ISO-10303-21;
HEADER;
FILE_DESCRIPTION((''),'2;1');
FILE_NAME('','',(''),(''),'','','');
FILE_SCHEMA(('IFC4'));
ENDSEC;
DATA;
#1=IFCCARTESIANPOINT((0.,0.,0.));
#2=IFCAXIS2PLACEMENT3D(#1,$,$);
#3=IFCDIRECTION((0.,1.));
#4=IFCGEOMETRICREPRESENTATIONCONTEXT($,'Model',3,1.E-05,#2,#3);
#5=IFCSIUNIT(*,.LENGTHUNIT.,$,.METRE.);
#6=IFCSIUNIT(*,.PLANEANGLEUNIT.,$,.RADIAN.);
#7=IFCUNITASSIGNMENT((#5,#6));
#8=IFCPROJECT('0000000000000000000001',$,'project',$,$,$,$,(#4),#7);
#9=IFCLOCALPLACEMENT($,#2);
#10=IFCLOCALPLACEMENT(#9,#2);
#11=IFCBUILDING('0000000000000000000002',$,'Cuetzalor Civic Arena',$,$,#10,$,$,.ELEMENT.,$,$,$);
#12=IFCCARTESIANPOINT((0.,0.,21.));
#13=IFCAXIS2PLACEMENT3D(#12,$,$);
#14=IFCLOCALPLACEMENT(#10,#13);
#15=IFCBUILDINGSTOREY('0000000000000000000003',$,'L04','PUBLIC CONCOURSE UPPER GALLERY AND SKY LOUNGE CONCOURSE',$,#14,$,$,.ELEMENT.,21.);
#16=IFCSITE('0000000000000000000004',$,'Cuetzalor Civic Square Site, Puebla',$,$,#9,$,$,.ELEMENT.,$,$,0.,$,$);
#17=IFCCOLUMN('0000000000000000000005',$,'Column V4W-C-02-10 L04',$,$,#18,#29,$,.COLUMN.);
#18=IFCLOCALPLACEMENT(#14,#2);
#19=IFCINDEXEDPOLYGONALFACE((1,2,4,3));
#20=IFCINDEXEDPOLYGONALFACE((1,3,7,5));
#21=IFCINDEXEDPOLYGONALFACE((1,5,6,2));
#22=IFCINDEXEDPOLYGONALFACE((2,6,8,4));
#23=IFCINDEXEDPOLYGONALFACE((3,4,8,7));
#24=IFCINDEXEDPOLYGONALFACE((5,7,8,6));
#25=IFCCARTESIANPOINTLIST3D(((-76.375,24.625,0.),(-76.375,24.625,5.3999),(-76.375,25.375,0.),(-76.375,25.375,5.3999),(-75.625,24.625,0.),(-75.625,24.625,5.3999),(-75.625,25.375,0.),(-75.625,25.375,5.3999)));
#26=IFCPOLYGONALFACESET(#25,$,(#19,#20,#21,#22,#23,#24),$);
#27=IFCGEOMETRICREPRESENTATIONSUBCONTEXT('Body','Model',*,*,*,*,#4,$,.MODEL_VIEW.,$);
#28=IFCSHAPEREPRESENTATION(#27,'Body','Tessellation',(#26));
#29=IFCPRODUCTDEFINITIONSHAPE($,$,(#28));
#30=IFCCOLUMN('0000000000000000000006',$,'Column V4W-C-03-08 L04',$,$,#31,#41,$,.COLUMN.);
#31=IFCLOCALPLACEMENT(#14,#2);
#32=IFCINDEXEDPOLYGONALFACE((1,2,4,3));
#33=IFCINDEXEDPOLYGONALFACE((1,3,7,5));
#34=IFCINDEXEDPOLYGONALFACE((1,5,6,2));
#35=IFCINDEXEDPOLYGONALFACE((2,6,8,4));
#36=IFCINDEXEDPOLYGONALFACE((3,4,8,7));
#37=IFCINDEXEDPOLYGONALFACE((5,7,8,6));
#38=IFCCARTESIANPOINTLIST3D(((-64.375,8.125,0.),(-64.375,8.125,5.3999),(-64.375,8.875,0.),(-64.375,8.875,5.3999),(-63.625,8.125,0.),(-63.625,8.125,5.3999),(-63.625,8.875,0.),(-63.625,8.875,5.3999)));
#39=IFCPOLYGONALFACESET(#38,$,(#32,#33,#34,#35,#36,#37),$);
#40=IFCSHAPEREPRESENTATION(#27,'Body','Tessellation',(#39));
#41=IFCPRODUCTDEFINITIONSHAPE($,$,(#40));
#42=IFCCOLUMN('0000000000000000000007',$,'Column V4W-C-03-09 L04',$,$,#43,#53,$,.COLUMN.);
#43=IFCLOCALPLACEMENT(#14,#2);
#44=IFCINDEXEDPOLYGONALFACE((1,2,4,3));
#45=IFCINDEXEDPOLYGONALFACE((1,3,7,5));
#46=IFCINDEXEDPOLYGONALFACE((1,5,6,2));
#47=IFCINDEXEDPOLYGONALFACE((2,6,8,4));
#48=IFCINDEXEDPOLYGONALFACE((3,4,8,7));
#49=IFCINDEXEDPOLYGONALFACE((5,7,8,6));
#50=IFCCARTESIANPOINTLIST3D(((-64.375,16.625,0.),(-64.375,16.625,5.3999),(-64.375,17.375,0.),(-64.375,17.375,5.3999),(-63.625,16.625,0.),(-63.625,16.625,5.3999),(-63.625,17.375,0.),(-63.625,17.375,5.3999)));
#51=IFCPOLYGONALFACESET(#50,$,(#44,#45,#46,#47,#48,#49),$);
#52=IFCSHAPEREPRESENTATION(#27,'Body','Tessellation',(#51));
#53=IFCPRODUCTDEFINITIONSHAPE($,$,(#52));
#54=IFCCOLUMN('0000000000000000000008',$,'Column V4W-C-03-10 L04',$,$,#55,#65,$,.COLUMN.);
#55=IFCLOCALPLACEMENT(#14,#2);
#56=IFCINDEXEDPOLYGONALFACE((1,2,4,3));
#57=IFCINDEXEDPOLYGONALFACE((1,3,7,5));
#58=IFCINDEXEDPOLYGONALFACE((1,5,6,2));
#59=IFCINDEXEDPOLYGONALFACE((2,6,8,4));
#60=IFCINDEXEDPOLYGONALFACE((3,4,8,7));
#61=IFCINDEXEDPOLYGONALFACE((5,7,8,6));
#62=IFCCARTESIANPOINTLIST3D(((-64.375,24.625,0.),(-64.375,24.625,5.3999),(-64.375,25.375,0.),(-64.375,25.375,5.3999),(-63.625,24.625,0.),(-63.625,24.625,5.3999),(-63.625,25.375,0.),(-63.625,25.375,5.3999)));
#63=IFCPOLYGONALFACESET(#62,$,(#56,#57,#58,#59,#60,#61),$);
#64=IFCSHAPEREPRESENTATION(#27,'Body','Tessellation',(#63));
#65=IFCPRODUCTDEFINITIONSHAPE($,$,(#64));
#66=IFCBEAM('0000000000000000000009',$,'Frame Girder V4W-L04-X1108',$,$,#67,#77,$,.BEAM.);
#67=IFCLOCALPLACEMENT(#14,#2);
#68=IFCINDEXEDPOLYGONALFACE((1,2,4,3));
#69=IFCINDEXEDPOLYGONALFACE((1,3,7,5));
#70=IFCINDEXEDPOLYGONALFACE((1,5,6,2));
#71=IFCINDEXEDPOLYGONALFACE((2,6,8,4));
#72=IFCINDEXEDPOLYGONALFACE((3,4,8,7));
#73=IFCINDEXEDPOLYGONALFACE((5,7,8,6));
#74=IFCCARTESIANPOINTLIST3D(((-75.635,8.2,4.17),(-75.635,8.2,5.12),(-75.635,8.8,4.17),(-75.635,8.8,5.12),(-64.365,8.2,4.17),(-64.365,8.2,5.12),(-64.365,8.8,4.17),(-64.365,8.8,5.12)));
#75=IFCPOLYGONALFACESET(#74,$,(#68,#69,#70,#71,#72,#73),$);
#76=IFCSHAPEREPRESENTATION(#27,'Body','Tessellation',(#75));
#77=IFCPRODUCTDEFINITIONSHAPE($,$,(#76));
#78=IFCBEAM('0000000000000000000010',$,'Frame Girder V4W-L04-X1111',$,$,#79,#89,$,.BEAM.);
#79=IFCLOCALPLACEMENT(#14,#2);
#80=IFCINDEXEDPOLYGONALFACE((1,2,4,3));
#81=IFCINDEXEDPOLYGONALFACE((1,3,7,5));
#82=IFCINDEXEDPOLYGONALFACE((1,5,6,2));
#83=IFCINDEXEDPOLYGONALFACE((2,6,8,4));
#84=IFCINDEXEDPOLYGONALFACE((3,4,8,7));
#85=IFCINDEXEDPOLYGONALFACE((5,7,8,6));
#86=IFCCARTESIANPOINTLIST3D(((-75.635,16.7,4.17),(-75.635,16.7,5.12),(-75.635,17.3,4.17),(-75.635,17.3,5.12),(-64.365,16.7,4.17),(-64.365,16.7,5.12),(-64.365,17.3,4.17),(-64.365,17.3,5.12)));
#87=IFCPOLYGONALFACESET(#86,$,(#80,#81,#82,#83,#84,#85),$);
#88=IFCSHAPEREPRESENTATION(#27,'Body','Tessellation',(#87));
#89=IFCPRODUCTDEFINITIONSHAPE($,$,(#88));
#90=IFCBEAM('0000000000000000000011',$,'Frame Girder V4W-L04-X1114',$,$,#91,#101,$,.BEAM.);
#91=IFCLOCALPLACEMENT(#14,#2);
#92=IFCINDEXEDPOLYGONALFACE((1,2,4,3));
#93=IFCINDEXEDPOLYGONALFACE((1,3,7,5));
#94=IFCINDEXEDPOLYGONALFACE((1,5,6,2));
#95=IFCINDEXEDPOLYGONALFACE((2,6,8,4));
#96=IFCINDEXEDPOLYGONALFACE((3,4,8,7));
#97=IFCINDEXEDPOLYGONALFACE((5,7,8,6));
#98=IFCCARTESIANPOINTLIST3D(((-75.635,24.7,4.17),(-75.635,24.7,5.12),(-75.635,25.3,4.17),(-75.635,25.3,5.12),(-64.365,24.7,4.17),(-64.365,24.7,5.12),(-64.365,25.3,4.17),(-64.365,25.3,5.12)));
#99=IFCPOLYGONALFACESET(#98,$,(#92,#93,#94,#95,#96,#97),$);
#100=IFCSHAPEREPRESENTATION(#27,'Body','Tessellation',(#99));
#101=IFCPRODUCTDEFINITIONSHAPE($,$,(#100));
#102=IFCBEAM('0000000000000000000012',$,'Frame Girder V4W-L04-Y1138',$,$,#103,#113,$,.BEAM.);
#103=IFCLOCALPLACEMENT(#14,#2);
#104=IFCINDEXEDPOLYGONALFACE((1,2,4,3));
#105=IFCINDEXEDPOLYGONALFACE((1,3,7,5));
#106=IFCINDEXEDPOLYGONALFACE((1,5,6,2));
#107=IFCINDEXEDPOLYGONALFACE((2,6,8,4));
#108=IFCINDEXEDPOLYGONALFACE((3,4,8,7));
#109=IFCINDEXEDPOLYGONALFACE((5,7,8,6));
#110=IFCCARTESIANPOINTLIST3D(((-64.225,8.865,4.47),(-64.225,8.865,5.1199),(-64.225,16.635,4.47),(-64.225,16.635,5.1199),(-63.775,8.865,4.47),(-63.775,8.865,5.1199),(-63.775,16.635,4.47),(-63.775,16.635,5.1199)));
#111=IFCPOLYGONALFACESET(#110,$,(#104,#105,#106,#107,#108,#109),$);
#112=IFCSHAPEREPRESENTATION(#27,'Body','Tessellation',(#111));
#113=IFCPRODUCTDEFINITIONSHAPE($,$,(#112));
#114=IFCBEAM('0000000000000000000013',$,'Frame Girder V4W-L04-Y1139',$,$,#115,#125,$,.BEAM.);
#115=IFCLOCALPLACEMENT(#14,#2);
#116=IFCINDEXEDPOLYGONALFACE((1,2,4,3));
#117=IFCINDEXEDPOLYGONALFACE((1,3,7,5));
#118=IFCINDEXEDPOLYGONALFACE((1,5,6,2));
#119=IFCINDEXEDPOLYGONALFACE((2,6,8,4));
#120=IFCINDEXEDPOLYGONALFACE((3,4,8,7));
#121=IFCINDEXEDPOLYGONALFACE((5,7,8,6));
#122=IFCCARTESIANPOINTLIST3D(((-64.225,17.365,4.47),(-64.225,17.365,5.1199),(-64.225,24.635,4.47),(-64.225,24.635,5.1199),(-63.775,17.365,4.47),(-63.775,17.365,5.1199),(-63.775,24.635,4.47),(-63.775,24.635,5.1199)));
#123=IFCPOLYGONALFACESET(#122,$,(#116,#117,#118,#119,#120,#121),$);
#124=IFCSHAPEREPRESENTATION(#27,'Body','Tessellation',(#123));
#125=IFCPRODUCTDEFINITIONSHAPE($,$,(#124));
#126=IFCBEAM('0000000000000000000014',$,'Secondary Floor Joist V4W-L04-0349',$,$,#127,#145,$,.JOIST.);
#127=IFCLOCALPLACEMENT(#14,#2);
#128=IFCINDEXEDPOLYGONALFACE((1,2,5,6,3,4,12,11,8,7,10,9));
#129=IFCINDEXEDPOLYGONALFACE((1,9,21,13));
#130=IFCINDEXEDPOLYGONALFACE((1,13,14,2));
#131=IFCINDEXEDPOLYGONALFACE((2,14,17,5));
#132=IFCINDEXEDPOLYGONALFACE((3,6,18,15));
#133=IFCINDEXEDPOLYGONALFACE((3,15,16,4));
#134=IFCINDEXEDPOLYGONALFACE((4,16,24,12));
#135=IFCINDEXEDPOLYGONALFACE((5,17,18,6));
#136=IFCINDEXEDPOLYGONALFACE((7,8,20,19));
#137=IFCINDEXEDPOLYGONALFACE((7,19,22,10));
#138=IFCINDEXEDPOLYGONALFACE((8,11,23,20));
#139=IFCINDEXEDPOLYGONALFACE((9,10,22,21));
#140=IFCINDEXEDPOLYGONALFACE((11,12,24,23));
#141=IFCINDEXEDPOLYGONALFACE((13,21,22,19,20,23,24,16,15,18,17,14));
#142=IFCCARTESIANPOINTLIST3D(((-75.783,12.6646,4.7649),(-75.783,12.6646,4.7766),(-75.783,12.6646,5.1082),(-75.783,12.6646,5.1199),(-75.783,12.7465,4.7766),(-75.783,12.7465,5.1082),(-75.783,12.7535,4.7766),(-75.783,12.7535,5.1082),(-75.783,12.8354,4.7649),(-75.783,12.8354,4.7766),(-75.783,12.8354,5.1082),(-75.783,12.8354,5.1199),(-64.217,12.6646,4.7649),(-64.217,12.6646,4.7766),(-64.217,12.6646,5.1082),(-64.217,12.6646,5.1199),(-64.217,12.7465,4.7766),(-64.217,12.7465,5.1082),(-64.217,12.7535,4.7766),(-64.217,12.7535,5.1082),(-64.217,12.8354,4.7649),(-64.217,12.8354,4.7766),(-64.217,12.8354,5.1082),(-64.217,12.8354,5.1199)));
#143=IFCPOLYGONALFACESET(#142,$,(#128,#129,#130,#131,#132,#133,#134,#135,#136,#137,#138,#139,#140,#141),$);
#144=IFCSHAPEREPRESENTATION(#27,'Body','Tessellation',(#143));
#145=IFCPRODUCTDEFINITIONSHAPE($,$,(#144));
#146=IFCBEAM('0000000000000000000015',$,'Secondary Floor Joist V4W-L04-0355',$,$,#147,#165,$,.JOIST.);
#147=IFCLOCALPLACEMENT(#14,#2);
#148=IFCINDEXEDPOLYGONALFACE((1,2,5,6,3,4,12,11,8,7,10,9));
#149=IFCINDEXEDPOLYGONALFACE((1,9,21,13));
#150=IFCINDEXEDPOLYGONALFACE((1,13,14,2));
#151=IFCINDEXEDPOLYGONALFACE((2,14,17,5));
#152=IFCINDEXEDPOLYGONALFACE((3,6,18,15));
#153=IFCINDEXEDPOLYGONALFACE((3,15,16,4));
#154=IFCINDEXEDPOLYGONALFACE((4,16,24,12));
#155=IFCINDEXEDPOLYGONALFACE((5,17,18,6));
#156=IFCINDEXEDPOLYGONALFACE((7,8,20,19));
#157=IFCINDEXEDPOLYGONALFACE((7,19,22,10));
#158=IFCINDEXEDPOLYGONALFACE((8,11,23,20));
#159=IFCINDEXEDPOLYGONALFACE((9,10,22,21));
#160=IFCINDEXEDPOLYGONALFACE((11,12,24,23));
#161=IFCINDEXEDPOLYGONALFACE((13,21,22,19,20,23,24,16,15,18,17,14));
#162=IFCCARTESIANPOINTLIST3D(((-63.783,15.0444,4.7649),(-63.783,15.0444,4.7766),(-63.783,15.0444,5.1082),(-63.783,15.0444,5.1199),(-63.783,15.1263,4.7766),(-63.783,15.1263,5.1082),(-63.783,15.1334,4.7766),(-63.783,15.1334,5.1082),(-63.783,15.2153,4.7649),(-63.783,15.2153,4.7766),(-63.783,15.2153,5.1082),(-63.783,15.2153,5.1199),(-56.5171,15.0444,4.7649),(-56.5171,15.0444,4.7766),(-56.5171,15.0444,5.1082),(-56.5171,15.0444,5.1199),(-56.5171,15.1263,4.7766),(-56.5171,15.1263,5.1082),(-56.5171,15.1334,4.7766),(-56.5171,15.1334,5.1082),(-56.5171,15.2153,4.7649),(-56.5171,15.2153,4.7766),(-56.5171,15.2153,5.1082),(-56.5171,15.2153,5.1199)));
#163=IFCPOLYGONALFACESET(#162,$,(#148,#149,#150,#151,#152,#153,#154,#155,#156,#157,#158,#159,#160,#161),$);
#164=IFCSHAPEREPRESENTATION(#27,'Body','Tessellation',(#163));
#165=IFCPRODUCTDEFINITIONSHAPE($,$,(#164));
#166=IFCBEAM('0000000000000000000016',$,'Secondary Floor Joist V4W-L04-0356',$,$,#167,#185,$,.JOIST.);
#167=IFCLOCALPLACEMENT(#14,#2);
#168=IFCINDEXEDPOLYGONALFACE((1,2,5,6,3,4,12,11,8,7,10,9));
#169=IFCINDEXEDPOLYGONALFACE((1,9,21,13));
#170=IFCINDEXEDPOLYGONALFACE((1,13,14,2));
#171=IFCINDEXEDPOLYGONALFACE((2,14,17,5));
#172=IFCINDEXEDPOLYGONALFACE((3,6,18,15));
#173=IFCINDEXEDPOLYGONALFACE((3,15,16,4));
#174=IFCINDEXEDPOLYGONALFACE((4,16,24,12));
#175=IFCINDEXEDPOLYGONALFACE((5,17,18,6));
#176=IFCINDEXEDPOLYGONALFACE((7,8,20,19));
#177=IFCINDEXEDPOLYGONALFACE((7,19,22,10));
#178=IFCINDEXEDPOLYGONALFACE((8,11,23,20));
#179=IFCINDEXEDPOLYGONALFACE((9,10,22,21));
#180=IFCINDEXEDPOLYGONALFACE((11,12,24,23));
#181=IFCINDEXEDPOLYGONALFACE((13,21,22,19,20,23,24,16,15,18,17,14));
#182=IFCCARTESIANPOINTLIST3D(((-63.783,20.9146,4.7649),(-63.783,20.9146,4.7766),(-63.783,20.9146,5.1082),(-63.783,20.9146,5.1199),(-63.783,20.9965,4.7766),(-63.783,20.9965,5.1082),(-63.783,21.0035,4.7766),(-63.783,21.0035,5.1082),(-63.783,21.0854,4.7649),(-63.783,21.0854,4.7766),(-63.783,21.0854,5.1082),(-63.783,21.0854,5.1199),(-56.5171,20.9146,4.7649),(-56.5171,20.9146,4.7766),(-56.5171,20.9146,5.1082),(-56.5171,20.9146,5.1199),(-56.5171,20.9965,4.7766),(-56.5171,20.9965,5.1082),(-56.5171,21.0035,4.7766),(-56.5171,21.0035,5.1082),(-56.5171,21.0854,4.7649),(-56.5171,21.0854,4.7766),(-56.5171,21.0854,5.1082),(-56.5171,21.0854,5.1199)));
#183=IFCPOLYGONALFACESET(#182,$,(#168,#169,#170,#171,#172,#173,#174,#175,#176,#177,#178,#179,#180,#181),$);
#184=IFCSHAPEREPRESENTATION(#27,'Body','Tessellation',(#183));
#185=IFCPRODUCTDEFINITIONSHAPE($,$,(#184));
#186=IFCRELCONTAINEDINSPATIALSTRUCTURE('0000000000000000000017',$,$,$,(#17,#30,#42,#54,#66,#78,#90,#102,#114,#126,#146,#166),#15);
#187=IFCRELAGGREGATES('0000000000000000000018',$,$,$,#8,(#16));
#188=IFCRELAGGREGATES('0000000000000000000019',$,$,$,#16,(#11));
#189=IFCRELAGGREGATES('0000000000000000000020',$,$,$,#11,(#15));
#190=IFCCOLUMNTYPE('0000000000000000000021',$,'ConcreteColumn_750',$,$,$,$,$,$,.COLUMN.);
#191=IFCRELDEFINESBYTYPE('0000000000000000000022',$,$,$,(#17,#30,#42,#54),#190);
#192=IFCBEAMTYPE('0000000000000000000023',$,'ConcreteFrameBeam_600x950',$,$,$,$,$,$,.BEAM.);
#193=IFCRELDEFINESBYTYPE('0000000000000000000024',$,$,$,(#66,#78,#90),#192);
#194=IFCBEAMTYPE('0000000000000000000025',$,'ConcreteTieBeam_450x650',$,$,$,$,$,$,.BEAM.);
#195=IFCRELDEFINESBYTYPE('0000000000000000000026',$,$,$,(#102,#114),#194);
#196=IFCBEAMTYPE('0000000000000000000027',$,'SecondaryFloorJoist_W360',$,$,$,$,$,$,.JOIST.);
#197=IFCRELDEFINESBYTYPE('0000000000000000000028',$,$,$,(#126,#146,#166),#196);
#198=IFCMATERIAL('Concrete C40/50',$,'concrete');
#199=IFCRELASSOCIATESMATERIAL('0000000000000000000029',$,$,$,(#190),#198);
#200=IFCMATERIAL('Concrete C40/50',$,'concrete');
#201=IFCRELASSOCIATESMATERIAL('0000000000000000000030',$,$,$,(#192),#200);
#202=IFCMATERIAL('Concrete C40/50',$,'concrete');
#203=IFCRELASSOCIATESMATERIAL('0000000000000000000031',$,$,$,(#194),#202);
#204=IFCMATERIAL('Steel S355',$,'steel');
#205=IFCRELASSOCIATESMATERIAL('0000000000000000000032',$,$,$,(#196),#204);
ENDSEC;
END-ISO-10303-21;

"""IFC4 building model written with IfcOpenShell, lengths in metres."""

from ifc_helpers import new_model, si_unit, direction, frame, origin, origin_2d, place, context, subcontext, project, spatial, rectangle, i_section, extrude, material, material_profile, profile_set, type_object, element, save


model = new_model("IFC4")

# Units and contexts
model_context = context("Model", 3, precision=1e-05, world=origin(), true_north=direction((0.0, 1.0)))
body_context = subcontext(model_context, "Body", "Model", "MODEL_VIEW")
ifc_project = project(units=[si_unit("LENGTHUNIT", "METRE"), si_unit("PLANEANGLEUNIT", "RADIAN")], contexts=[model_context])

# Site, building, storey
site_placement = place(None, origin())
site = spatial("IfcSite", under=ifc_project, at=site_placement, Name="Cuetzalor Civic Square Site, Puebla", CompositionType="ELEMENT", RefElevation=0.0)
building_placement = place(site_placement, origin())
building = spatial("IfcBuilding", under=site, at=building_placement, Name="Cuetzalor Civic Arena", CompositionType="ELEMENT")
storey_placement = place(building_placement, frame((0.0, 0.0, 21.0)))
storey = spatial("IfcBuildingStorey", under=building, at=storey_placement, Name="L04", Description="PUBLIC CONCOURSE UPPER GALLERY AND SKY LOUNGE CONCOURSE", CompositionType="ELEMENT", Elevation=21.0)

# Columns
ifc_material_1 = material(Name="Concrete C40/50", Category="concrete")
ifc_material_profile_1 = material_profile(ifc_material_1, rectangle(XDim=0.75, YDim=0.75, at=origin_2d()), Name="RC 750x750")
ifc_profile_set_1 = profile_set([ifc_material_profile_1], Name="Concrete C40/50")
column_type = type_object("IfcColumnType", Name="ConcreteColumn_750", PredefinedType="COLUMN", material=ifc_profile_set_1)
for number, where, z_axis, x_axis, name in (
    (1, (-76.0, 25.0, 0.0), (0.0, 0.0, 1.0), (1.0, 0.0, 0.0), "Column V4W-C-02-10 L04"),
    (2, (-64.0, 8.5, 0.0), (0.0, 0.0, 1.0), (1.0, 0.0, 0.0), "Column V4W-C-03-08 L04"),
    (3, (-64.0, 17.0, 0.0), (0.0, 0.0, 1.0), (1.0, 0.0, 0.0), "Column V4W-C-03-09 L04"),
    (4, (-64.0, 25.0, 0.0), (0.0, 0.0, 1.0), (1.0, 0.0, 0.0), "Column V4W-C-03-10 L04"),
):
    element("IfcColumn", number, at=place(storey_placement, frame(where, z_axis=z_axis, x_axis=x_axis)), inside=storey, type_object=column_type, Name=name, PredefinedType="COLUMN", context=body_context, shape_type="SweptSolid", body=[
        extrude(rectangle(XDim=0.75, YDim=0.75, at=origin_2d()), origin(), (0.0, 0.0, 1.0), 5.3999),
    ])

# Beams
ifc_material_2 = material(Name="Concrete C40/50", Category="concrete")
ifc_material_profile_2 = material_profile(ifc_material_2, rectangle(XDim=0.6001, YDim=0.95, at=origin_2d()), Name="RC 600x950")
ifc_profile_set_2 = profile_set([ifc_material_profile_2], Name="Concrete C40/50")
beam_type_1 = type_object("IfcBeamType", Name="ConcreteFrameBeam_600x950", PredefinedType="BEAM", material=ifc_profile_set_2)
for number, where, z_axis, x_axis, name in (
    (5, (-75.635, 8.5, 4.645), (1.0, 0.0, 0.0), (0.0, 1.0, 0.0), "Frame Girder V4W-L04-X1108"),
    (6, (-75.635, 17.0, 4.645), (1.0, 0.0, 0.0), (0.0, 1.0, 0.0), "Frame Girder V4W-L04-X1111"),
    (7, (-75.635, 25.0, 4.645), (1.0, 0.0, 0.0), (0.0, 1.0, 0.0), "Frame Girder V4W-L04-X1114"),
):
    element("IfcBeam", number, at=place(storey_placement, frame(where, z_axis=z_axis, x_axis=x_axis)), inside=storey, type_object=beam_type_1, Name=name, PredefinedType="BEAM", context=body_context, shape_type="SweptSolid", body=[
        extrude(rectangle(XDim=0.6001, YDim=0.95, at=origin_2d()), origin(), (0.0, 0.0, 1.0), 11.27),
    ])
ifc_material_3 = material(Name="Concrete C40/50", Category="concrete")
ifc_material_profile_3 = material_profile(ifc_material_3, rectangle(XDim=0.45, YDim=0.6499, at=origin_2d()), Name="RC 450x650")
ifc_profile_set_3 = profile_set([ifc_material_profile_3], Name="Concrete C40/50")
beam_type_2 = type_object("IfcBeamType", Name="ConcreteTieBeam_450x650", PredefinedType="BEAM", material=ifc_profile_set_3)
beam_1_placement = place(storey_placement, frame((-64.0, 8.865, 4.7949), z_axis=(0.0, 1.0, 0.0), x_axis=(-1.0, 0.0, 0.0)))
element("IfcBeam", 8, at=beam_1_placement, inside=storey, type_object=beam_type_2, Name="Frame Girder V4W-L04-Y1138", PredefinedType="BEAM", context=body_context, shape_type="SweptSolid", body=[
    extrude(rectangle(XDim=0.45, YDim=0.6499, at=origin_2d()), origin(), (0.0, 0.0, 1.0), 7.77),
])
beam_2_placement = place(storey_placement, frame((-64.0, 17.365, 4.7949), z_axis=(0.0, 1.0, 0.0), x_axis=(-1.0, 0.0, 0.0)))
element("IfcBeam", 9, at=beam_2_placement, inside=storey, type_object=beam_type_2, Name="Frame Girder V4W-L04-Y1139", PredefinedType="BEAM", context=body_context, shape_type="SweptSolid", body=[
    extrude(rectangle(XDim=0.45, YDim=0.6499, at=origin_2d()), origin(), (0.0, 0.0, 1.0), 7.27),
])
ifc_material_4 = material(Name="Steel S355", Category="steel")
ifc_material_profile_4 = material_profile(ifc_material_4, i_section(OverallWidth=0.1709, OverallDepth=0.355, WebThickness=0.0071, FlangeThickness=0.0117, at=origin_2d()), Name="W360x51")
ifc_profile_set_4 = profile_set([ifc_material_profile_4], Name="Steel S355")
beam_type_3 = type_object("IfcBeamType", Name="SecondaryFloorJoist_W360", PredefinedType="JOIST", material=ifc_profile_set_4)
beam_3_placement = place(storey_placement, frame((-75.783, 12.75, 4.9424), z_axis=(1.0, 0.0, 0.0), x_axis=(0.0, 1.0, 0.0)))
element("IfcBeam", 10, at=beam_3_placement, inside=storey, type_object=beam_type_3, Name="Secondary Floor Joist V4W-L04-0349", PredefinedType="JOIST", context=body_context, shape_type="SweptSolid", body=[
    extrude(i_section(OverallWidth=0.1709, OverallDepth=0.355, WebThickness=0.0071, FlangeThickness=0.0117, at=origin_2d()), origin(), (0.0, 0.0, 1.0), 11.5659),
])
for number, where, z_axis, x_axis, name in (
    (11, (-63.783, 15.1299, 4.9424), (1.0, 0.0, 0.0), (0.0, 1.0, 0.0), "Secondary Floor Joist V4W-L04-0355"),
    (12, (-63.783, 21.0, 4.9424), (1.0, 0.0, 0.0), (0.0, 1.0, 0.0), "Secondary Floor Joist V4W-L04-0356"),
):
    element("IfcBeam", number, at=place(storey_placement, frame(where, z_axis=z_axis, x_axis=x_axis)), inside=storey, type_object=beam_type_3, Name=name, PredefinedType="JOIST", context=body_context, shape_type="SweptSolid", body=[
        extrude(i_section(OverallWidth=0.1709, OverallDepth=0.355, WebThickness=0.0071, FlangeThickness=0.0117, at=origin_2d()), origin(), (0.0, 0.0, 1.0), 7.2659),
    ])

save(model, "model.ifc")
